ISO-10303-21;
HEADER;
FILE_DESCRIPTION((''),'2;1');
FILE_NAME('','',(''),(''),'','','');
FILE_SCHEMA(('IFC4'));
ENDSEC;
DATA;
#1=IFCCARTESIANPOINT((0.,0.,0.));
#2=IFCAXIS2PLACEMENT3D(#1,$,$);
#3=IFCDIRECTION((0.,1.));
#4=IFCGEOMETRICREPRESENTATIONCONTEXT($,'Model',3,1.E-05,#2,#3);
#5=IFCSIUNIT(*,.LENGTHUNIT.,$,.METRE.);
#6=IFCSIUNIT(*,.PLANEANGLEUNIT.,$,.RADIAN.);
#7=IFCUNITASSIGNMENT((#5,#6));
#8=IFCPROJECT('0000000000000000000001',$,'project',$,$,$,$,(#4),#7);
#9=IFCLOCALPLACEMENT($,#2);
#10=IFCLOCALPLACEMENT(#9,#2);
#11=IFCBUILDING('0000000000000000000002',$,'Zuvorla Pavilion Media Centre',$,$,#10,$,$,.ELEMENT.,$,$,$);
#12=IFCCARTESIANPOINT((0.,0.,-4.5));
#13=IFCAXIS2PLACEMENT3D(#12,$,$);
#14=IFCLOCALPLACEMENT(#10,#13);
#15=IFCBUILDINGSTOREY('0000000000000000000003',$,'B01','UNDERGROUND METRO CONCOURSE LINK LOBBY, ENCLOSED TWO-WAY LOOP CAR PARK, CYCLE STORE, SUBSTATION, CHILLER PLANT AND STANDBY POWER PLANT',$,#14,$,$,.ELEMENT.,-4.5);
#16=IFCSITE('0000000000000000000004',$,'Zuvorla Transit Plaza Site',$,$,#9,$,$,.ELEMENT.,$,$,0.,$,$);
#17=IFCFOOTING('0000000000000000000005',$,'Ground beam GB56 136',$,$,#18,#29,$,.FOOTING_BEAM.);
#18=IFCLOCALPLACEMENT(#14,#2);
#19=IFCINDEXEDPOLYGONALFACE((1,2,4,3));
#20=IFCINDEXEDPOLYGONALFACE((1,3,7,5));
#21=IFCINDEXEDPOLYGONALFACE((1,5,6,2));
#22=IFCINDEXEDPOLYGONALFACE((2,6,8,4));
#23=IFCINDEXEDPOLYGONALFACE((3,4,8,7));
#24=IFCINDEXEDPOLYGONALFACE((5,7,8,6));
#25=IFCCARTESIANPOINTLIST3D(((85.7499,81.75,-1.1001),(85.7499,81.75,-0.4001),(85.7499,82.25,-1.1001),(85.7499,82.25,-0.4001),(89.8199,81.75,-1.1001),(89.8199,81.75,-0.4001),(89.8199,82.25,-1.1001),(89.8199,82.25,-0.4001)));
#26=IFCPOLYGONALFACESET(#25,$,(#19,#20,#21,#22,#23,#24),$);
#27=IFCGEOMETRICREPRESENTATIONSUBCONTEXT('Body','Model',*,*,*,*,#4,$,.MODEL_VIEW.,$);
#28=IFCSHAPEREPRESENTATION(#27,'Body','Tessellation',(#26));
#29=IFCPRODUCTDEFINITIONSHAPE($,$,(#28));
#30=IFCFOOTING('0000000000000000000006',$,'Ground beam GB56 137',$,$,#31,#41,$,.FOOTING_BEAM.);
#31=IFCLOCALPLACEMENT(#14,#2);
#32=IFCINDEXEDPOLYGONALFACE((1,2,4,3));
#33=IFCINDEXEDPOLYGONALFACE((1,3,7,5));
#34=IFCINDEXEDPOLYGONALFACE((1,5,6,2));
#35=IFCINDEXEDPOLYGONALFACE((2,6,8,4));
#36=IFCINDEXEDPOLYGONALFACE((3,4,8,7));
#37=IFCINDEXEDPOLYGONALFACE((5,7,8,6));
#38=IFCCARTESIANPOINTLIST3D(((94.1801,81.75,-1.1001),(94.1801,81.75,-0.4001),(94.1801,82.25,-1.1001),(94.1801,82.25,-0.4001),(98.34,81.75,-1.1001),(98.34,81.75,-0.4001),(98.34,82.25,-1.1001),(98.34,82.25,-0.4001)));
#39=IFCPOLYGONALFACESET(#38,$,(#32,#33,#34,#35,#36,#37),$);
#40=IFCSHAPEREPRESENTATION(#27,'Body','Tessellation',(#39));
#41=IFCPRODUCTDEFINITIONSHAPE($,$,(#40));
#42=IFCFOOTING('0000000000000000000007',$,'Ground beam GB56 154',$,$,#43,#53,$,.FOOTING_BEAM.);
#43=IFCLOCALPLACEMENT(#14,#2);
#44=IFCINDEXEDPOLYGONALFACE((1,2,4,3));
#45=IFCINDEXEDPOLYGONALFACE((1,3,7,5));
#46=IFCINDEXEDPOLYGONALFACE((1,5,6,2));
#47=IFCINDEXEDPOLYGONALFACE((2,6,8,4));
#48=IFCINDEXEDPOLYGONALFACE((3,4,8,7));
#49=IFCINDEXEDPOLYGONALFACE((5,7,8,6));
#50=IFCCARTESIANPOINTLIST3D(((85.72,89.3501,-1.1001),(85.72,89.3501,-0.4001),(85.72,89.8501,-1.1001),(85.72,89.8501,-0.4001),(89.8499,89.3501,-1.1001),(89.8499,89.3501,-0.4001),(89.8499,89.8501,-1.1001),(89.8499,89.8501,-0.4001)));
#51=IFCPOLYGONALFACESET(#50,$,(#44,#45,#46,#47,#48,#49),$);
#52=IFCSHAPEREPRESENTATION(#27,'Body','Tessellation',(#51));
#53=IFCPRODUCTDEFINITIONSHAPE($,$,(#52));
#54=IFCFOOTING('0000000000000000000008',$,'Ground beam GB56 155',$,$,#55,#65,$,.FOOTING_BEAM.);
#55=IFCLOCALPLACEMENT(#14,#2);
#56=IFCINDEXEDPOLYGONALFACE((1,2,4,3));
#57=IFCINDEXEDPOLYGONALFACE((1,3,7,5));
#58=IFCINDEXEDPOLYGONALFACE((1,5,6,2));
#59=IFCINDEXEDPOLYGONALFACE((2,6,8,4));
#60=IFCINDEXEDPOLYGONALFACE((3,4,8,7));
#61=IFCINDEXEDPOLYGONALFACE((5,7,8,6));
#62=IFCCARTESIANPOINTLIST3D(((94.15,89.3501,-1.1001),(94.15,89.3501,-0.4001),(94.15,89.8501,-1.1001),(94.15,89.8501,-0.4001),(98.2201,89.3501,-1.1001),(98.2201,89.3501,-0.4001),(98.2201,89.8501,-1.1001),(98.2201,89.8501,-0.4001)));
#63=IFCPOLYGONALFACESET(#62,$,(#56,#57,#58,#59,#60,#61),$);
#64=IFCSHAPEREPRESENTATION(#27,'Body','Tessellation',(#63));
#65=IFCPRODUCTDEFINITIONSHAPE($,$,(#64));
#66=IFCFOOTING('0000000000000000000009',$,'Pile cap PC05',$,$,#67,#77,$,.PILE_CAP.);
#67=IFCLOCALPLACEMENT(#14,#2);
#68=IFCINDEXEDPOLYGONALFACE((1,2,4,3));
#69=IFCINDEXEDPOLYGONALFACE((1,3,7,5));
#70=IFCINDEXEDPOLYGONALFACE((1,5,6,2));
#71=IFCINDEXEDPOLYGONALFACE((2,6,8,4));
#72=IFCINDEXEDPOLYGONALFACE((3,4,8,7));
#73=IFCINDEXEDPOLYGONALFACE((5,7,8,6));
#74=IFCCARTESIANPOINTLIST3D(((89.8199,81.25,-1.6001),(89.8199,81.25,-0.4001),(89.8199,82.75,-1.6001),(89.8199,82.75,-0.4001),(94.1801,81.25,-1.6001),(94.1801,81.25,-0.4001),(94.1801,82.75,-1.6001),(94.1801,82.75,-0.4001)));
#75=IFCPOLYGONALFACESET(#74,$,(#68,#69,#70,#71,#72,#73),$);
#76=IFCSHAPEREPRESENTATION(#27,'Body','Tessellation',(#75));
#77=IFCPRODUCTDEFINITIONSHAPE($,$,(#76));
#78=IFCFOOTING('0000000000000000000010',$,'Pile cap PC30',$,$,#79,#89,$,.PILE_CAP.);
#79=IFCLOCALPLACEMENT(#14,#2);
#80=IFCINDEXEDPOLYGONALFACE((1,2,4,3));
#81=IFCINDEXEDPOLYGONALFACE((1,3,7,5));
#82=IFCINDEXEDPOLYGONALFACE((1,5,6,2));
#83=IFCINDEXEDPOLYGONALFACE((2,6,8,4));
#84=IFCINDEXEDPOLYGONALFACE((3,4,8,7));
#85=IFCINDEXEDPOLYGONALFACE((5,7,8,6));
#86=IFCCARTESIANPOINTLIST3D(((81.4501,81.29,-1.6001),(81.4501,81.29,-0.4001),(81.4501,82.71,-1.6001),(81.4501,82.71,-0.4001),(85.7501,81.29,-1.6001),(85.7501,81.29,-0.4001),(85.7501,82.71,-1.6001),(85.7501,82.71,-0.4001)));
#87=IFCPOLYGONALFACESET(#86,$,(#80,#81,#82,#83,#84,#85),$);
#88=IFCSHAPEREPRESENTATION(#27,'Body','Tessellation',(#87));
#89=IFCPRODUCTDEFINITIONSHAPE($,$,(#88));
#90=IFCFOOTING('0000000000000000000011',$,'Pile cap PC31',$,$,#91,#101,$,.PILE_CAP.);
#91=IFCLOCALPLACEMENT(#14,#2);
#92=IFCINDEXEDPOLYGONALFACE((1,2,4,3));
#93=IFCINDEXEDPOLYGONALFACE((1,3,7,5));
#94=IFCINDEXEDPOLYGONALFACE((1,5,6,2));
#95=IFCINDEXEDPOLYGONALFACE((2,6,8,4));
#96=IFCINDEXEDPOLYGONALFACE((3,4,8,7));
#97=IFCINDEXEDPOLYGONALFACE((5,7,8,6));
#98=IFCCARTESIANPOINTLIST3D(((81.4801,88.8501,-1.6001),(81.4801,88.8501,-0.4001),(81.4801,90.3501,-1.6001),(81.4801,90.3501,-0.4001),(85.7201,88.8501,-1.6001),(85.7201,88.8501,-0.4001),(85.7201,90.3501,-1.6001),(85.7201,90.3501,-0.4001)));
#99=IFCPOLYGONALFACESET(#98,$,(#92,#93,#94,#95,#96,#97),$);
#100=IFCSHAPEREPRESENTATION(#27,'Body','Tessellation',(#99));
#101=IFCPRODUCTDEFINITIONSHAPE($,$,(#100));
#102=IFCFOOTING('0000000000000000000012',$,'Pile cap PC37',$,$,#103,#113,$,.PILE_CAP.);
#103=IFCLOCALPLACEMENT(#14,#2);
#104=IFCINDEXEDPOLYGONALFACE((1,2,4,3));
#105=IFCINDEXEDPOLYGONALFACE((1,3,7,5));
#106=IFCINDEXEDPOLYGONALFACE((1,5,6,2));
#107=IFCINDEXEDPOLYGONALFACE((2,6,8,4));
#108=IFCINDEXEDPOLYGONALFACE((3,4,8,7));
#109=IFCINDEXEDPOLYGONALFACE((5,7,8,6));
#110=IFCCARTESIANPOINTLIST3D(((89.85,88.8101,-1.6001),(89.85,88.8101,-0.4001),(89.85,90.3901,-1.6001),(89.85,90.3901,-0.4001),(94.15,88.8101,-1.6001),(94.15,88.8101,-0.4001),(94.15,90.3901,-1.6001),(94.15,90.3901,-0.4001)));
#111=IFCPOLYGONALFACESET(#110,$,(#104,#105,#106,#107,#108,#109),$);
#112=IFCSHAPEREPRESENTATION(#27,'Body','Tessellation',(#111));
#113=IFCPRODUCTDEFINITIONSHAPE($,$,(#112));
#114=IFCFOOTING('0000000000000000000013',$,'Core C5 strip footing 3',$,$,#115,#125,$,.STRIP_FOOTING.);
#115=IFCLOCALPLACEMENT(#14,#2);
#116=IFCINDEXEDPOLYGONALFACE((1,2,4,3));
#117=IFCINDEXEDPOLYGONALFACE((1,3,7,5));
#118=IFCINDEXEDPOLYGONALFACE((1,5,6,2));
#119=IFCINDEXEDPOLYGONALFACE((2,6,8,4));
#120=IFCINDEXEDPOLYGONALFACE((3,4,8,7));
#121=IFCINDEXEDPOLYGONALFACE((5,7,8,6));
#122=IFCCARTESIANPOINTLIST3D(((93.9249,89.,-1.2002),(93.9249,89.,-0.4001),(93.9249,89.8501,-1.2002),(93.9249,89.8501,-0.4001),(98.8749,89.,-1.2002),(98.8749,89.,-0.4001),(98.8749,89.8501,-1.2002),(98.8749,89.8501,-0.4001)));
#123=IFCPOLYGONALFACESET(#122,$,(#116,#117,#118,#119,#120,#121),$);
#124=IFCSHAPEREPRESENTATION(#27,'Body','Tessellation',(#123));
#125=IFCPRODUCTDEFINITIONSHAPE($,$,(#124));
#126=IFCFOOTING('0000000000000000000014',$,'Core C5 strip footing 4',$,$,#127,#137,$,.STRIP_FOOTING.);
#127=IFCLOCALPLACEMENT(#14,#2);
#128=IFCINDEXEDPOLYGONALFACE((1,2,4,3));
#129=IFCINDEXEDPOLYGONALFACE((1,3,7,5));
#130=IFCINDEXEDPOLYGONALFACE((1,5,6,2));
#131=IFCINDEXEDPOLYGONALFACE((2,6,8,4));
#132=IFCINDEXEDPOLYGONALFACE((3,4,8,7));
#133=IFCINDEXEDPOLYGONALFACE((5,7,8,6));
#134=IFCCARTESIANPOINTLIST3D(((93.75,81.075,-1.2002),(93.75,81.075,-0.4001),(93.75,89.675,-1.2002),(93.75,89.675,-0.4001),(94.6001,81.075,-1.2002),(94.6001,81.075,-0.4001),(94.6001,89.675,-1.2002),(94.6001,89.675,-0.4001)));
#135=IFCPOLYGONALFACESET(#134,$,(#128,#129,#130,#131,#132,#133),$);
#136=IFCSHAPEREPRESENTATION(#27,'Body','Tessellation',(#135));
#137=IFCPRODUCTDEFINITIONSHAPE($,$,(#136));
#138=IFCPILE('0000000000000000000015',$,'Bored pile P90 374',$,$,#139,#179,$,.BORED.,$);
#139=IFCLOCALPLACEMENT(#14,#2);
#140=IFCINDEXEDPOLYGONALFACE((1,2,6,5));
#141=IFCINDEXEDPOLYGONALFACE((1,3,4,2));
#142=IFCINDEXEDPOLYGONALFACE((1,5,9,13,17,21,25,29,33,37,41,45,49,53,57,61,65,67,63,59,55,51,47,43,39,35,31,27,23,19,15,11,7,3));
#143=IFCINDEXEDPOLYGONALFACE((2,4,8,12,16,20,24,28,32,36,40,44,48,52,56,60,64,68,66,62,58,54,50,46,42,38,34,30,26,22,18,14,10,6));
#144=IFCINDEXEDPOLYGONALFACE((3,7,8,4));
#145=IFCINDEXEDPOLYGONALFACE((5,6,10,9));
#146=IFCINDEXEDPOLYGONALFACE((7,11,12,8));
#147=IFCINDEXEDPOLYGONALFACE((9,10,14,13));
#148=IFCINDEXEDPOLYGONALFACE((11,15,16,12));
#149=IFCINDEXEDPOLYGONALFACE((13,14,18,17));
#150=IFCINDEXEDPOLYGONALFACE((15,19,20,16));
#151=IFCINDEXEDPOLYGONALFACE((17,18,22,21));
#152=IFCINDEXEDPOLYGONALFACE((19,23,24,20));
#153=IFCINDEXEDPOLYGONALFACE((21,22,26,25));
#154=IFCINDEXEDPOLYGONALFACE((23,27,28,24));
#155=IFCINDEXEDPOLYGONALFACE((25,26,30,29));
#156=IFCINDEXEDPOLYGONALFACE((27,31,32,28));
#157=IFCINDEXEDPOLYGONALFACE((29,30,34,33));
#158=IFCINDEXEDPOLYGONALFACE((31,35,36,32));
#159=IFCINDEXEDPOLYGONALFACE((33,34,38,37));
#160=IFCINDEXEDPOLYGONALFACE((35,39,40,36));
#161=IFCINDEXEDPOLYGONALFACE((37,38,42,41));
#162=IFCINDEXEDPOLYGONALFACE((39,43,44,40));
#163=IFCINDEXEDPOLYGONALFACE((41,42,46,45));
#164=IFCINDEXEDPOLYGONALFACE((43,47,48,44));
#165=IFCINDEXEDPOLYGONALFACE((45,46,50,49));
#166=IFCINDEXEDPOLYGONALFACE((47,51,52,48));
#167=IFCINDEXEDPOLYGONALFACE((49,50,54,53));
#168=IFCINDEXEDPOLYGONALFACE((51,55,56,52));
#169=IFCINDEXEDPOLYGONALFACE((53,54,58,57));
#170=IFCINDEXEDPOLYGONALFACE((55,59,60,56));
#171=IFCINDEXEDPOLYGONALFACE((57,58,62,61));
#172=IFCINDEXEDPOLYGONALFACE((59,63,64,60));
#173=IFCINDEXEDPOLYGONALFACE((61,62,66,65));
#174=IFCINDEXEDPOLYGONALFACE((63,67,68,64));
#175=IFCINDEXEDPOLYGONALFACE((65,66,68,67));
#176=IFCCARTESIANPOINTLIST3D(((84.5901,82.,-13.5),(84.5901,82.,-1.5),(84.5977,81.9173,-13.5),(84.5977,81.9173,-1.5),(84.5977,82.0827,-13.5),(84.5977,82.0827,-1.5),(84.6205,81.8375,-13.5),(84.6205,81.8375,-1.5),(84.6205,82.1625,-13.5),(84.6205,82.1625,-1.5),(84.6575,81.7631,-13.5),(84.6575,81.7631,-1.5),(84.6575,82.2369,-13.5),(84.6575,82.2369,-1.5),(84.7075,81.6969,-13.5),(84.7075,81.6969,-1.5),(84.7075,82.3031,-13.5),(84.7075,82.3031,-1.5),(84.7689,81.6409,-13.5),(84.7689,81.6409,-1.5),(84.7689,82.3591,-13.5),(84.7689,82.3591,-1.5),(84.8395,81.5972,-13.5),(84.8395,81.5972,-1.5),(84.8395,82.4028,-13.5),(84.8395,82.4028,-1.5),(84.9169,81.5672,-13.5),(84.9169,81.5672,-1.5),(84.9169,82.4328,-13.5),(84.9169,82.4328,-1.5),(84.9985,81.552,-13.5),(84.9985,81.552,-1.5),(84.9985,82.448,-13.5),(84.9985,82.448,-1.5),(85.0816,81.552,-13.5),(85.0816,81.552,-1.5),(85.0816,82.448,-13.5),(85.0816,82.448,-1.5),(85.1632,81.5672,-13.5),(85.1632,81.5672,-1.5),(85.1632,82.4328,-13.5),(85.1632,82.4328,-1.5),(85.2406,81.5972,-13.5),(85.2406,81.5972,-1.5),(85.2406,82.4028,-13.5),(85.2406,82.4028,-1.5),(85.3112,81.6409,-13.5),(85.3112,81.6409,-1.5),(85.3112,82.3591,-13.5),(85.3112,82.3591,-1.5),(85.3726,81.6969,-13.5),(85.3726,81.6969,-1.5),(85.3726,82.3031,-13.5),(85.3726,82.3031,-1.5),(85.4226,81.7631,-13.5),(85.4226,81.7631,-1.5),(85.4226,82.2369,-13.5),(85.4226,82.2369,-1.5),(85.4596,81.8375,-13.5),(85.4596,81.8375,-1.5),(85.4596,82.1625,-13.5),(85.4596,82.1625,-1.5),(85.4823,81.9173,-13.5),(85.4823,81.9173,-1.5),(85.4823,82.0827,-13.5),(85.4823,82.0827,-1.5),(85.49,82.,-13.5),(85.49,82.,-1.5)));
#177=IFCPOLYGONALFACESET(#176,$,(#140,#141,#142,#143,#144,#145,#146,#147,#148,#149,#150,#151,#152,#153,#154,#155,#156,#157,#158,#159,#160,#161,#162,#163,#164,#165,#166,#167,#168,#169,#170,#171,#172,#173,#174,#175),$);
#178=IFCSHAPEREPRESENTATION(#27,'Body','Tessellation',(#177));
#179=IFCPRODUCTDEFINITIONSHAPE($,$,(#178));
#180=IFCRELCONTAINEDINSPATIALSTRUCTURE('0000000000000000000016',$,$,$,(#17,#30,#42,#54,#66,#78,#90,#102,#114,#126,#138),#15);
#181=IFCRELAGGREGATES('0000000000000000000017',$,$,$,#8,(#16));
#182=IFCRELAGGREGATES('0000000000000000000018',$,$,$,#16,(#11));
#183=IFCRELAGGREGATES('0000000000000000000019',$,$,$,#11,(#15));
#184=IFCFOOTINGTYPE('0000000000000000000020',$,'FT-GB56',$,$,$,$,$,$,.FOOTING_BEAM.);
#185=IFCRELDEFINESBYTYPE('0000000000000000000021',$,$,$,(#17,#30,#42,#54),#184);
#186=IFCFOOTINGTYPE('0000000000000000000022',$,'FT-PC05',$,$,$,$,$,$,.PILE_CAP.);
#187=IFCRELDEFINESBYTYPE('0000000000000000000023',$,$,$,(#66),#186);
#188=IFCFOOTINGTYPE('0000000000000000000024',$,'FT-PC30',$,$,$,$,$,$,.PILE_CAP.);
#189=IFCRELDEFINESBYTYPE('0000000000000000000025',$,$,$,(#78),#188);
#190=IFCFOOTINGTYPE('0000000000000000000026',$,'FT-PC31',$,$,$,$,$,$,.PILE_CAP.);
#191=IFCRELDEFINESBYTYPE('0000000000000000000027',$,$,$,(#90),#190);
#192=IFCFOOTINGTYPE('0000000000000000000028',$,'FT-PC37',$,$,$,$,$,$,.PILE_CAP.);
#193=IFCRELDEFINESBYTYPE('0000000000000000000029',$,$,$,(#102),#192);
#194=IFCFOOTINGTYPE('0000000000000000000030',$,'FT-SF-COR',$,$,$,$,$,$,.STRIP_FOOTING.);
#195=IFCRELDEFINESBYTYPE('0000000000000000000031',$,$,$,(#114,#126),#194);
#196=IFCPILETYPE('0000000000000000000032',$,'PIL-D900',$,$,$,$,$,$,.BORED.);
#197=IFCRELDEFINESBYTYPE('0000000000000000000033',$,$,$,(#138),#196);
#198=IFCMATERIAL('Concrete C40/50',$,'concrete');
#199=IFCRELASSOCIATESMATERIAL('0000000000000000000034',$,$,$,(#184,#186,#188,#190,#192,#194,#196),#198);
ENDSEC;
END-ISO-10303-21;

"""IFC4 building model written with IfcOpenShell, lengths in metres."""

from ifc_helpers import new_model, si_unit, direction, frame, origin, origin_2d, place, context, subcontext, project, spatial, rectangle, circle, extrude, material, material_profile, profile_set, type_object, element, save


model = new_model("IFC4")

# Units and contexts
model_context = context("Model", 3, precision=1e-05, world=origin(), true_north=direction((0.0, 1.0)))
body_context = subcontext(model_context, "Body", "Model", "MODEL_VIEW")
ifc_project = project(units=[si_unit("LENGTHUNIT", "METRE"), si_unit("PLANEANGLEUNIT", "RADIAN")], contexts=[model_context])

# Site, building, storey
site_placement = place(None, origin())
site = spatial("IfcSite", under=ifc_project, at=site_placement, Name="Zuvorla Transit Plaza Site", CompositionType="ELEMENT", RefElevation=0.0)
building_placement = place(site_placement, origin())
building = spatial("IfcBuilding", under=site, at=building_placement, Name="Zuvorla Pavilion Media Centre", CompositionType="ELEMENT")
storey_placement = place(building_placement, frame((0.0, 0.0, -4.5)))
storey = spatial("IfcBuildingStorey", under=building, at=storey_placement, Name="B01", Description="UNDERGROUND METRO CONCOURSE LINK LOBBY, ENCLOSED TWO-WAY LOOP CAR PARK, CYCLE STORE, SUBSTATION, CHILLER PLANT AND STANDBY POWER PLANT", CompositionType="ELEMENT", Elevation=-4.5)

# Footings
ifc_material = material(Name="Concrete C40/50", Category="concrete")
footing_type_1 = type_object("IfcFootingType", Name="FT-GB56", PredefinedType="FOOTING_BEAM", material=ifc_material)
footing_1_placement = place(storey_placement, frame((87.7849, 82.0, -1.1001), z_axis=(0.0, 0.0, 1.0), x_axis=(1.0, 0.0, 0.0)))
element("IfcFooting", 1, at=footing_1_placement, inside=storey, type_object=footing_type_1, Name="Ground beam GB56 136", PredefinedType="FOOTING_BEAM", context=body_context, shape_type="SweptSolid", body=[
    extrude(rectangle(XDim=4.0701, YDim=0.5, at=origin_2d()), origin(), (0.0, 0.0, 1.0), 0.7),
])
footing_2_placement = place(storey_placement, frame((96.26, 82.0, -1.1001), z_axis=(0.0, 0.0, 1.0), x_axis=(1.0, 0.0, 0.0)))
element("IfcFooting", 2, at=footing_2_placement, inside=storey, type_object=footing_type_1, Name="Ground beam GB56 137", PredefinedType="FOOTING_BEAM", context=body_context, shape_type="SweptSolid", body=[
    extrude(rectangle(XDim=4.1599, YDim=0.5, at=origin_2d()), origin(), (0.0, 0.0, 1.0), 0.7),
])
footing_3_placement = place(storey_placement, frame((87.7849, 89.6001, -1.1001), z_axis=(0.0, 0.0, 1.0), x_axis=(1.0, 0.0, 0.0)))
element("IfcFooting", 3, at=footing_3_placement, inside=storey, type_object=footing_type_1, Name="Ground beam GB56 154", PredefinedType="FOOTING_BEAM", context=body_context, shape_type="SweptSolid", body=[
    extrude(rectangle(XDim=4.1299, YDim=0.5, at=origin_2d()), origin(), (0.0, 0.0, 1.0), 0.7),
])
footing_4_placement = place(storey_placement, frame((96.1851, 89.6001, -1.1001), z_axis=(0.0, 0.0, 1.0), x_axis=(1.0, 0.0, 0.0)))
element("IfcFooting", 4, at=footing_4_placement, inside=storey, type_object=footing_type_1, Name="Ground beam GB56 155", PredefinedType="FOOTING_BEAM", context=body_context, shape_type="SweptSolid", body=[
    extrude(rectangle(XDim=4.0701, YDim=0.5, at=origin_2d()), origin(), (0.0, 0.0, 1.0), 0.7),
])
footing_type_2 = type_object("IfcFootingType", Name="FT-PC05", PredefinedType="PILE_CAP", material=ifc_material)
footing_5_placement = place(storey_placement, frame((92.0, 82.0, -1.6001), z_axis=(0.0, 0.0, 1.0), x_axis=(1.0, 0.0, 0.0)))
element("IfcFooting", 5, at=footing_5_placement, inside=storey, type_object=footing_type_2, Name="Pile cap PC05", PredefinedType="PILE_CAP", context=body_context, shape_type="SweptSolid", body=[
    extrude(rectangle(XDim=4.3601, YDim=1.5, at=origin_2d()), origin(), (0.0, 0.0, 1.0), 1.2),
])
footing_type_3 = type_object("IfcFootingType", Name="FT-PC30", PredefinedType="PILE_CAP", material=ifc_material)
footing_6_placement = place(storey_placement, frame((83.6001, 82.0, -1.6001), z_axis=(0.0, 0.0, 1.0), x_axis=(1.0, 0.0, 0.0)))
element("IfcFooting", 6, at=footing_6_placement, inside=storey, type_object=footing_type_3, Name="Pile cap PC30", PredefinedType="PILE_CAP", context=body_context, shape_type="SweptSolid", body=[
    extrude(rectangle(XDim=4.3, YDim=1.4199, at=origin_2d()), origin(), (0.0, 0.0, 1.0), 1.2),
])
footing_type_4 = type_object("IfcFootingType", Name="FT-PC31", PredefinedType="PILE_CAP", material=ifc_material)
footing_7_placement = place(storey_placement, frame((83.6001, 89.6001, -1.6001), z_axis=(0.0, 0.0, 1.0), x_axis=(1.0, 0.0, 0.0)))
element("IfcFooting", 7, at=footing_7_placement, inside=storey, type_object=footing_type_4, Name="Pile cap PC31", PredefinedType="PILE_CAP", context=body_context, shape_type="SweptSolid", body=[
    extrude(rectangle(XDim=4.24, YDim=1.5, at=origin_2d()), origin(), (0.0, 0.0, 1.0), 1.2),
])
footing_type_5 = type_object("IfcFootingType", Name="FT-PC37", PredefinedType="PILE_CAP", material=ifc_material)
footing_8_placement = place(storey_placement, frame((92.0, 89.6001, -1.6001), z_axis=(0.0, 0.0, 1.0), x_axis=(1.0, 0.0, 0.0)))
element("IfcFooting", 8, at=footing_8_placement, inside=storey, type_object=footing_type_5, Name="Pile cap PC37", PredefinedType="PILE_CAP", context=body_context, shape_type="SweptSolid", body=[
    extrude(rectangle(XDim=4.3, YDim=1.5801, at=origin_2d()), origin(), (0.0, 0.0, 1.0), 1.2),
])
footing_type_6 = type_object("IfcFootingType", Name="FT-SF-COR", PredefinedType="STRIP_FOOTING", material=ifc_material)
footing_9_placement = place(storey_placement, frame((96.3999, 89.425, -1.2002), z_axis=(0.0, 0.0, 1.0), x_axis=(-1.0, 0.0, 0.0)))
element("IfcFooting", 9, at=footing_9_placement, inside=storey, type_object=footing_type_6, Name="Core C5 strip footing 3", PredefinedType="STRIP_FOOTING", context=body_context, shape_type="SweptSolid", body=[
    extrude(rectangle(XDim=4.95, YDim=0.8501, at=origin_2d()), origin(), (0.0, 0.0, 1.0), 0.8),
])
footing_10_placement = place(storey_placement, frame((94.175, 85.375, -1.2002), z_axis=(0.0, 0.0, 1.0), x_axis=(0.0, -1.0, 0.0)))
element("IfcFooting", 10, at=footing_10_placement, inside=storey, type_object=footing_type_6, Name="Core C5 strip footing 4", PredefinedType="STRIP_FOOTING", context=body_context, shape_type="SweptSolid", body=[
    extrude(rectangle(XDim=8.6001, YDim=0.8501, at=origin_2d()), origin(), (0.0, 0.0, 1.0), 0.8),
])

# Pile
ifc_material_profile_1 = material_profile(ifc_material, circle(Radius=0.45, at=origin_2d()), Name="BORED PILE 900")
ifc_profile_set_1 = profile_set([ifc_material_profile_1], Name="Concrete C40/50")
pile_type = type_object("IfcPileType", Name="PIL-D900", PredefinedType="BORED", material=ifc_profile_set_1)
for number, where, z_axis, x_axis, name in (
    (11, (85.04, 82.0, -1.5), (0.0, 0.0, -1.0), (1.0, 0.0, 0.0), "Bored pile P90 374"),
):
    element("IfcPile", number, at=place(storey_placement, frame(where, z_axis=z_axis, x_axis=x_axis)), inside=storey, type_object=pile_type, Name=name, PredefinedType="BORED", context=body_context, shape_type="SweptSolid", body=[
        extrude(circle(Radius=0.45, at=origin_2d()), origin(), (0.0, 0.0, 1.0), 12.0),
    ])

save(model, "model.ifc")
